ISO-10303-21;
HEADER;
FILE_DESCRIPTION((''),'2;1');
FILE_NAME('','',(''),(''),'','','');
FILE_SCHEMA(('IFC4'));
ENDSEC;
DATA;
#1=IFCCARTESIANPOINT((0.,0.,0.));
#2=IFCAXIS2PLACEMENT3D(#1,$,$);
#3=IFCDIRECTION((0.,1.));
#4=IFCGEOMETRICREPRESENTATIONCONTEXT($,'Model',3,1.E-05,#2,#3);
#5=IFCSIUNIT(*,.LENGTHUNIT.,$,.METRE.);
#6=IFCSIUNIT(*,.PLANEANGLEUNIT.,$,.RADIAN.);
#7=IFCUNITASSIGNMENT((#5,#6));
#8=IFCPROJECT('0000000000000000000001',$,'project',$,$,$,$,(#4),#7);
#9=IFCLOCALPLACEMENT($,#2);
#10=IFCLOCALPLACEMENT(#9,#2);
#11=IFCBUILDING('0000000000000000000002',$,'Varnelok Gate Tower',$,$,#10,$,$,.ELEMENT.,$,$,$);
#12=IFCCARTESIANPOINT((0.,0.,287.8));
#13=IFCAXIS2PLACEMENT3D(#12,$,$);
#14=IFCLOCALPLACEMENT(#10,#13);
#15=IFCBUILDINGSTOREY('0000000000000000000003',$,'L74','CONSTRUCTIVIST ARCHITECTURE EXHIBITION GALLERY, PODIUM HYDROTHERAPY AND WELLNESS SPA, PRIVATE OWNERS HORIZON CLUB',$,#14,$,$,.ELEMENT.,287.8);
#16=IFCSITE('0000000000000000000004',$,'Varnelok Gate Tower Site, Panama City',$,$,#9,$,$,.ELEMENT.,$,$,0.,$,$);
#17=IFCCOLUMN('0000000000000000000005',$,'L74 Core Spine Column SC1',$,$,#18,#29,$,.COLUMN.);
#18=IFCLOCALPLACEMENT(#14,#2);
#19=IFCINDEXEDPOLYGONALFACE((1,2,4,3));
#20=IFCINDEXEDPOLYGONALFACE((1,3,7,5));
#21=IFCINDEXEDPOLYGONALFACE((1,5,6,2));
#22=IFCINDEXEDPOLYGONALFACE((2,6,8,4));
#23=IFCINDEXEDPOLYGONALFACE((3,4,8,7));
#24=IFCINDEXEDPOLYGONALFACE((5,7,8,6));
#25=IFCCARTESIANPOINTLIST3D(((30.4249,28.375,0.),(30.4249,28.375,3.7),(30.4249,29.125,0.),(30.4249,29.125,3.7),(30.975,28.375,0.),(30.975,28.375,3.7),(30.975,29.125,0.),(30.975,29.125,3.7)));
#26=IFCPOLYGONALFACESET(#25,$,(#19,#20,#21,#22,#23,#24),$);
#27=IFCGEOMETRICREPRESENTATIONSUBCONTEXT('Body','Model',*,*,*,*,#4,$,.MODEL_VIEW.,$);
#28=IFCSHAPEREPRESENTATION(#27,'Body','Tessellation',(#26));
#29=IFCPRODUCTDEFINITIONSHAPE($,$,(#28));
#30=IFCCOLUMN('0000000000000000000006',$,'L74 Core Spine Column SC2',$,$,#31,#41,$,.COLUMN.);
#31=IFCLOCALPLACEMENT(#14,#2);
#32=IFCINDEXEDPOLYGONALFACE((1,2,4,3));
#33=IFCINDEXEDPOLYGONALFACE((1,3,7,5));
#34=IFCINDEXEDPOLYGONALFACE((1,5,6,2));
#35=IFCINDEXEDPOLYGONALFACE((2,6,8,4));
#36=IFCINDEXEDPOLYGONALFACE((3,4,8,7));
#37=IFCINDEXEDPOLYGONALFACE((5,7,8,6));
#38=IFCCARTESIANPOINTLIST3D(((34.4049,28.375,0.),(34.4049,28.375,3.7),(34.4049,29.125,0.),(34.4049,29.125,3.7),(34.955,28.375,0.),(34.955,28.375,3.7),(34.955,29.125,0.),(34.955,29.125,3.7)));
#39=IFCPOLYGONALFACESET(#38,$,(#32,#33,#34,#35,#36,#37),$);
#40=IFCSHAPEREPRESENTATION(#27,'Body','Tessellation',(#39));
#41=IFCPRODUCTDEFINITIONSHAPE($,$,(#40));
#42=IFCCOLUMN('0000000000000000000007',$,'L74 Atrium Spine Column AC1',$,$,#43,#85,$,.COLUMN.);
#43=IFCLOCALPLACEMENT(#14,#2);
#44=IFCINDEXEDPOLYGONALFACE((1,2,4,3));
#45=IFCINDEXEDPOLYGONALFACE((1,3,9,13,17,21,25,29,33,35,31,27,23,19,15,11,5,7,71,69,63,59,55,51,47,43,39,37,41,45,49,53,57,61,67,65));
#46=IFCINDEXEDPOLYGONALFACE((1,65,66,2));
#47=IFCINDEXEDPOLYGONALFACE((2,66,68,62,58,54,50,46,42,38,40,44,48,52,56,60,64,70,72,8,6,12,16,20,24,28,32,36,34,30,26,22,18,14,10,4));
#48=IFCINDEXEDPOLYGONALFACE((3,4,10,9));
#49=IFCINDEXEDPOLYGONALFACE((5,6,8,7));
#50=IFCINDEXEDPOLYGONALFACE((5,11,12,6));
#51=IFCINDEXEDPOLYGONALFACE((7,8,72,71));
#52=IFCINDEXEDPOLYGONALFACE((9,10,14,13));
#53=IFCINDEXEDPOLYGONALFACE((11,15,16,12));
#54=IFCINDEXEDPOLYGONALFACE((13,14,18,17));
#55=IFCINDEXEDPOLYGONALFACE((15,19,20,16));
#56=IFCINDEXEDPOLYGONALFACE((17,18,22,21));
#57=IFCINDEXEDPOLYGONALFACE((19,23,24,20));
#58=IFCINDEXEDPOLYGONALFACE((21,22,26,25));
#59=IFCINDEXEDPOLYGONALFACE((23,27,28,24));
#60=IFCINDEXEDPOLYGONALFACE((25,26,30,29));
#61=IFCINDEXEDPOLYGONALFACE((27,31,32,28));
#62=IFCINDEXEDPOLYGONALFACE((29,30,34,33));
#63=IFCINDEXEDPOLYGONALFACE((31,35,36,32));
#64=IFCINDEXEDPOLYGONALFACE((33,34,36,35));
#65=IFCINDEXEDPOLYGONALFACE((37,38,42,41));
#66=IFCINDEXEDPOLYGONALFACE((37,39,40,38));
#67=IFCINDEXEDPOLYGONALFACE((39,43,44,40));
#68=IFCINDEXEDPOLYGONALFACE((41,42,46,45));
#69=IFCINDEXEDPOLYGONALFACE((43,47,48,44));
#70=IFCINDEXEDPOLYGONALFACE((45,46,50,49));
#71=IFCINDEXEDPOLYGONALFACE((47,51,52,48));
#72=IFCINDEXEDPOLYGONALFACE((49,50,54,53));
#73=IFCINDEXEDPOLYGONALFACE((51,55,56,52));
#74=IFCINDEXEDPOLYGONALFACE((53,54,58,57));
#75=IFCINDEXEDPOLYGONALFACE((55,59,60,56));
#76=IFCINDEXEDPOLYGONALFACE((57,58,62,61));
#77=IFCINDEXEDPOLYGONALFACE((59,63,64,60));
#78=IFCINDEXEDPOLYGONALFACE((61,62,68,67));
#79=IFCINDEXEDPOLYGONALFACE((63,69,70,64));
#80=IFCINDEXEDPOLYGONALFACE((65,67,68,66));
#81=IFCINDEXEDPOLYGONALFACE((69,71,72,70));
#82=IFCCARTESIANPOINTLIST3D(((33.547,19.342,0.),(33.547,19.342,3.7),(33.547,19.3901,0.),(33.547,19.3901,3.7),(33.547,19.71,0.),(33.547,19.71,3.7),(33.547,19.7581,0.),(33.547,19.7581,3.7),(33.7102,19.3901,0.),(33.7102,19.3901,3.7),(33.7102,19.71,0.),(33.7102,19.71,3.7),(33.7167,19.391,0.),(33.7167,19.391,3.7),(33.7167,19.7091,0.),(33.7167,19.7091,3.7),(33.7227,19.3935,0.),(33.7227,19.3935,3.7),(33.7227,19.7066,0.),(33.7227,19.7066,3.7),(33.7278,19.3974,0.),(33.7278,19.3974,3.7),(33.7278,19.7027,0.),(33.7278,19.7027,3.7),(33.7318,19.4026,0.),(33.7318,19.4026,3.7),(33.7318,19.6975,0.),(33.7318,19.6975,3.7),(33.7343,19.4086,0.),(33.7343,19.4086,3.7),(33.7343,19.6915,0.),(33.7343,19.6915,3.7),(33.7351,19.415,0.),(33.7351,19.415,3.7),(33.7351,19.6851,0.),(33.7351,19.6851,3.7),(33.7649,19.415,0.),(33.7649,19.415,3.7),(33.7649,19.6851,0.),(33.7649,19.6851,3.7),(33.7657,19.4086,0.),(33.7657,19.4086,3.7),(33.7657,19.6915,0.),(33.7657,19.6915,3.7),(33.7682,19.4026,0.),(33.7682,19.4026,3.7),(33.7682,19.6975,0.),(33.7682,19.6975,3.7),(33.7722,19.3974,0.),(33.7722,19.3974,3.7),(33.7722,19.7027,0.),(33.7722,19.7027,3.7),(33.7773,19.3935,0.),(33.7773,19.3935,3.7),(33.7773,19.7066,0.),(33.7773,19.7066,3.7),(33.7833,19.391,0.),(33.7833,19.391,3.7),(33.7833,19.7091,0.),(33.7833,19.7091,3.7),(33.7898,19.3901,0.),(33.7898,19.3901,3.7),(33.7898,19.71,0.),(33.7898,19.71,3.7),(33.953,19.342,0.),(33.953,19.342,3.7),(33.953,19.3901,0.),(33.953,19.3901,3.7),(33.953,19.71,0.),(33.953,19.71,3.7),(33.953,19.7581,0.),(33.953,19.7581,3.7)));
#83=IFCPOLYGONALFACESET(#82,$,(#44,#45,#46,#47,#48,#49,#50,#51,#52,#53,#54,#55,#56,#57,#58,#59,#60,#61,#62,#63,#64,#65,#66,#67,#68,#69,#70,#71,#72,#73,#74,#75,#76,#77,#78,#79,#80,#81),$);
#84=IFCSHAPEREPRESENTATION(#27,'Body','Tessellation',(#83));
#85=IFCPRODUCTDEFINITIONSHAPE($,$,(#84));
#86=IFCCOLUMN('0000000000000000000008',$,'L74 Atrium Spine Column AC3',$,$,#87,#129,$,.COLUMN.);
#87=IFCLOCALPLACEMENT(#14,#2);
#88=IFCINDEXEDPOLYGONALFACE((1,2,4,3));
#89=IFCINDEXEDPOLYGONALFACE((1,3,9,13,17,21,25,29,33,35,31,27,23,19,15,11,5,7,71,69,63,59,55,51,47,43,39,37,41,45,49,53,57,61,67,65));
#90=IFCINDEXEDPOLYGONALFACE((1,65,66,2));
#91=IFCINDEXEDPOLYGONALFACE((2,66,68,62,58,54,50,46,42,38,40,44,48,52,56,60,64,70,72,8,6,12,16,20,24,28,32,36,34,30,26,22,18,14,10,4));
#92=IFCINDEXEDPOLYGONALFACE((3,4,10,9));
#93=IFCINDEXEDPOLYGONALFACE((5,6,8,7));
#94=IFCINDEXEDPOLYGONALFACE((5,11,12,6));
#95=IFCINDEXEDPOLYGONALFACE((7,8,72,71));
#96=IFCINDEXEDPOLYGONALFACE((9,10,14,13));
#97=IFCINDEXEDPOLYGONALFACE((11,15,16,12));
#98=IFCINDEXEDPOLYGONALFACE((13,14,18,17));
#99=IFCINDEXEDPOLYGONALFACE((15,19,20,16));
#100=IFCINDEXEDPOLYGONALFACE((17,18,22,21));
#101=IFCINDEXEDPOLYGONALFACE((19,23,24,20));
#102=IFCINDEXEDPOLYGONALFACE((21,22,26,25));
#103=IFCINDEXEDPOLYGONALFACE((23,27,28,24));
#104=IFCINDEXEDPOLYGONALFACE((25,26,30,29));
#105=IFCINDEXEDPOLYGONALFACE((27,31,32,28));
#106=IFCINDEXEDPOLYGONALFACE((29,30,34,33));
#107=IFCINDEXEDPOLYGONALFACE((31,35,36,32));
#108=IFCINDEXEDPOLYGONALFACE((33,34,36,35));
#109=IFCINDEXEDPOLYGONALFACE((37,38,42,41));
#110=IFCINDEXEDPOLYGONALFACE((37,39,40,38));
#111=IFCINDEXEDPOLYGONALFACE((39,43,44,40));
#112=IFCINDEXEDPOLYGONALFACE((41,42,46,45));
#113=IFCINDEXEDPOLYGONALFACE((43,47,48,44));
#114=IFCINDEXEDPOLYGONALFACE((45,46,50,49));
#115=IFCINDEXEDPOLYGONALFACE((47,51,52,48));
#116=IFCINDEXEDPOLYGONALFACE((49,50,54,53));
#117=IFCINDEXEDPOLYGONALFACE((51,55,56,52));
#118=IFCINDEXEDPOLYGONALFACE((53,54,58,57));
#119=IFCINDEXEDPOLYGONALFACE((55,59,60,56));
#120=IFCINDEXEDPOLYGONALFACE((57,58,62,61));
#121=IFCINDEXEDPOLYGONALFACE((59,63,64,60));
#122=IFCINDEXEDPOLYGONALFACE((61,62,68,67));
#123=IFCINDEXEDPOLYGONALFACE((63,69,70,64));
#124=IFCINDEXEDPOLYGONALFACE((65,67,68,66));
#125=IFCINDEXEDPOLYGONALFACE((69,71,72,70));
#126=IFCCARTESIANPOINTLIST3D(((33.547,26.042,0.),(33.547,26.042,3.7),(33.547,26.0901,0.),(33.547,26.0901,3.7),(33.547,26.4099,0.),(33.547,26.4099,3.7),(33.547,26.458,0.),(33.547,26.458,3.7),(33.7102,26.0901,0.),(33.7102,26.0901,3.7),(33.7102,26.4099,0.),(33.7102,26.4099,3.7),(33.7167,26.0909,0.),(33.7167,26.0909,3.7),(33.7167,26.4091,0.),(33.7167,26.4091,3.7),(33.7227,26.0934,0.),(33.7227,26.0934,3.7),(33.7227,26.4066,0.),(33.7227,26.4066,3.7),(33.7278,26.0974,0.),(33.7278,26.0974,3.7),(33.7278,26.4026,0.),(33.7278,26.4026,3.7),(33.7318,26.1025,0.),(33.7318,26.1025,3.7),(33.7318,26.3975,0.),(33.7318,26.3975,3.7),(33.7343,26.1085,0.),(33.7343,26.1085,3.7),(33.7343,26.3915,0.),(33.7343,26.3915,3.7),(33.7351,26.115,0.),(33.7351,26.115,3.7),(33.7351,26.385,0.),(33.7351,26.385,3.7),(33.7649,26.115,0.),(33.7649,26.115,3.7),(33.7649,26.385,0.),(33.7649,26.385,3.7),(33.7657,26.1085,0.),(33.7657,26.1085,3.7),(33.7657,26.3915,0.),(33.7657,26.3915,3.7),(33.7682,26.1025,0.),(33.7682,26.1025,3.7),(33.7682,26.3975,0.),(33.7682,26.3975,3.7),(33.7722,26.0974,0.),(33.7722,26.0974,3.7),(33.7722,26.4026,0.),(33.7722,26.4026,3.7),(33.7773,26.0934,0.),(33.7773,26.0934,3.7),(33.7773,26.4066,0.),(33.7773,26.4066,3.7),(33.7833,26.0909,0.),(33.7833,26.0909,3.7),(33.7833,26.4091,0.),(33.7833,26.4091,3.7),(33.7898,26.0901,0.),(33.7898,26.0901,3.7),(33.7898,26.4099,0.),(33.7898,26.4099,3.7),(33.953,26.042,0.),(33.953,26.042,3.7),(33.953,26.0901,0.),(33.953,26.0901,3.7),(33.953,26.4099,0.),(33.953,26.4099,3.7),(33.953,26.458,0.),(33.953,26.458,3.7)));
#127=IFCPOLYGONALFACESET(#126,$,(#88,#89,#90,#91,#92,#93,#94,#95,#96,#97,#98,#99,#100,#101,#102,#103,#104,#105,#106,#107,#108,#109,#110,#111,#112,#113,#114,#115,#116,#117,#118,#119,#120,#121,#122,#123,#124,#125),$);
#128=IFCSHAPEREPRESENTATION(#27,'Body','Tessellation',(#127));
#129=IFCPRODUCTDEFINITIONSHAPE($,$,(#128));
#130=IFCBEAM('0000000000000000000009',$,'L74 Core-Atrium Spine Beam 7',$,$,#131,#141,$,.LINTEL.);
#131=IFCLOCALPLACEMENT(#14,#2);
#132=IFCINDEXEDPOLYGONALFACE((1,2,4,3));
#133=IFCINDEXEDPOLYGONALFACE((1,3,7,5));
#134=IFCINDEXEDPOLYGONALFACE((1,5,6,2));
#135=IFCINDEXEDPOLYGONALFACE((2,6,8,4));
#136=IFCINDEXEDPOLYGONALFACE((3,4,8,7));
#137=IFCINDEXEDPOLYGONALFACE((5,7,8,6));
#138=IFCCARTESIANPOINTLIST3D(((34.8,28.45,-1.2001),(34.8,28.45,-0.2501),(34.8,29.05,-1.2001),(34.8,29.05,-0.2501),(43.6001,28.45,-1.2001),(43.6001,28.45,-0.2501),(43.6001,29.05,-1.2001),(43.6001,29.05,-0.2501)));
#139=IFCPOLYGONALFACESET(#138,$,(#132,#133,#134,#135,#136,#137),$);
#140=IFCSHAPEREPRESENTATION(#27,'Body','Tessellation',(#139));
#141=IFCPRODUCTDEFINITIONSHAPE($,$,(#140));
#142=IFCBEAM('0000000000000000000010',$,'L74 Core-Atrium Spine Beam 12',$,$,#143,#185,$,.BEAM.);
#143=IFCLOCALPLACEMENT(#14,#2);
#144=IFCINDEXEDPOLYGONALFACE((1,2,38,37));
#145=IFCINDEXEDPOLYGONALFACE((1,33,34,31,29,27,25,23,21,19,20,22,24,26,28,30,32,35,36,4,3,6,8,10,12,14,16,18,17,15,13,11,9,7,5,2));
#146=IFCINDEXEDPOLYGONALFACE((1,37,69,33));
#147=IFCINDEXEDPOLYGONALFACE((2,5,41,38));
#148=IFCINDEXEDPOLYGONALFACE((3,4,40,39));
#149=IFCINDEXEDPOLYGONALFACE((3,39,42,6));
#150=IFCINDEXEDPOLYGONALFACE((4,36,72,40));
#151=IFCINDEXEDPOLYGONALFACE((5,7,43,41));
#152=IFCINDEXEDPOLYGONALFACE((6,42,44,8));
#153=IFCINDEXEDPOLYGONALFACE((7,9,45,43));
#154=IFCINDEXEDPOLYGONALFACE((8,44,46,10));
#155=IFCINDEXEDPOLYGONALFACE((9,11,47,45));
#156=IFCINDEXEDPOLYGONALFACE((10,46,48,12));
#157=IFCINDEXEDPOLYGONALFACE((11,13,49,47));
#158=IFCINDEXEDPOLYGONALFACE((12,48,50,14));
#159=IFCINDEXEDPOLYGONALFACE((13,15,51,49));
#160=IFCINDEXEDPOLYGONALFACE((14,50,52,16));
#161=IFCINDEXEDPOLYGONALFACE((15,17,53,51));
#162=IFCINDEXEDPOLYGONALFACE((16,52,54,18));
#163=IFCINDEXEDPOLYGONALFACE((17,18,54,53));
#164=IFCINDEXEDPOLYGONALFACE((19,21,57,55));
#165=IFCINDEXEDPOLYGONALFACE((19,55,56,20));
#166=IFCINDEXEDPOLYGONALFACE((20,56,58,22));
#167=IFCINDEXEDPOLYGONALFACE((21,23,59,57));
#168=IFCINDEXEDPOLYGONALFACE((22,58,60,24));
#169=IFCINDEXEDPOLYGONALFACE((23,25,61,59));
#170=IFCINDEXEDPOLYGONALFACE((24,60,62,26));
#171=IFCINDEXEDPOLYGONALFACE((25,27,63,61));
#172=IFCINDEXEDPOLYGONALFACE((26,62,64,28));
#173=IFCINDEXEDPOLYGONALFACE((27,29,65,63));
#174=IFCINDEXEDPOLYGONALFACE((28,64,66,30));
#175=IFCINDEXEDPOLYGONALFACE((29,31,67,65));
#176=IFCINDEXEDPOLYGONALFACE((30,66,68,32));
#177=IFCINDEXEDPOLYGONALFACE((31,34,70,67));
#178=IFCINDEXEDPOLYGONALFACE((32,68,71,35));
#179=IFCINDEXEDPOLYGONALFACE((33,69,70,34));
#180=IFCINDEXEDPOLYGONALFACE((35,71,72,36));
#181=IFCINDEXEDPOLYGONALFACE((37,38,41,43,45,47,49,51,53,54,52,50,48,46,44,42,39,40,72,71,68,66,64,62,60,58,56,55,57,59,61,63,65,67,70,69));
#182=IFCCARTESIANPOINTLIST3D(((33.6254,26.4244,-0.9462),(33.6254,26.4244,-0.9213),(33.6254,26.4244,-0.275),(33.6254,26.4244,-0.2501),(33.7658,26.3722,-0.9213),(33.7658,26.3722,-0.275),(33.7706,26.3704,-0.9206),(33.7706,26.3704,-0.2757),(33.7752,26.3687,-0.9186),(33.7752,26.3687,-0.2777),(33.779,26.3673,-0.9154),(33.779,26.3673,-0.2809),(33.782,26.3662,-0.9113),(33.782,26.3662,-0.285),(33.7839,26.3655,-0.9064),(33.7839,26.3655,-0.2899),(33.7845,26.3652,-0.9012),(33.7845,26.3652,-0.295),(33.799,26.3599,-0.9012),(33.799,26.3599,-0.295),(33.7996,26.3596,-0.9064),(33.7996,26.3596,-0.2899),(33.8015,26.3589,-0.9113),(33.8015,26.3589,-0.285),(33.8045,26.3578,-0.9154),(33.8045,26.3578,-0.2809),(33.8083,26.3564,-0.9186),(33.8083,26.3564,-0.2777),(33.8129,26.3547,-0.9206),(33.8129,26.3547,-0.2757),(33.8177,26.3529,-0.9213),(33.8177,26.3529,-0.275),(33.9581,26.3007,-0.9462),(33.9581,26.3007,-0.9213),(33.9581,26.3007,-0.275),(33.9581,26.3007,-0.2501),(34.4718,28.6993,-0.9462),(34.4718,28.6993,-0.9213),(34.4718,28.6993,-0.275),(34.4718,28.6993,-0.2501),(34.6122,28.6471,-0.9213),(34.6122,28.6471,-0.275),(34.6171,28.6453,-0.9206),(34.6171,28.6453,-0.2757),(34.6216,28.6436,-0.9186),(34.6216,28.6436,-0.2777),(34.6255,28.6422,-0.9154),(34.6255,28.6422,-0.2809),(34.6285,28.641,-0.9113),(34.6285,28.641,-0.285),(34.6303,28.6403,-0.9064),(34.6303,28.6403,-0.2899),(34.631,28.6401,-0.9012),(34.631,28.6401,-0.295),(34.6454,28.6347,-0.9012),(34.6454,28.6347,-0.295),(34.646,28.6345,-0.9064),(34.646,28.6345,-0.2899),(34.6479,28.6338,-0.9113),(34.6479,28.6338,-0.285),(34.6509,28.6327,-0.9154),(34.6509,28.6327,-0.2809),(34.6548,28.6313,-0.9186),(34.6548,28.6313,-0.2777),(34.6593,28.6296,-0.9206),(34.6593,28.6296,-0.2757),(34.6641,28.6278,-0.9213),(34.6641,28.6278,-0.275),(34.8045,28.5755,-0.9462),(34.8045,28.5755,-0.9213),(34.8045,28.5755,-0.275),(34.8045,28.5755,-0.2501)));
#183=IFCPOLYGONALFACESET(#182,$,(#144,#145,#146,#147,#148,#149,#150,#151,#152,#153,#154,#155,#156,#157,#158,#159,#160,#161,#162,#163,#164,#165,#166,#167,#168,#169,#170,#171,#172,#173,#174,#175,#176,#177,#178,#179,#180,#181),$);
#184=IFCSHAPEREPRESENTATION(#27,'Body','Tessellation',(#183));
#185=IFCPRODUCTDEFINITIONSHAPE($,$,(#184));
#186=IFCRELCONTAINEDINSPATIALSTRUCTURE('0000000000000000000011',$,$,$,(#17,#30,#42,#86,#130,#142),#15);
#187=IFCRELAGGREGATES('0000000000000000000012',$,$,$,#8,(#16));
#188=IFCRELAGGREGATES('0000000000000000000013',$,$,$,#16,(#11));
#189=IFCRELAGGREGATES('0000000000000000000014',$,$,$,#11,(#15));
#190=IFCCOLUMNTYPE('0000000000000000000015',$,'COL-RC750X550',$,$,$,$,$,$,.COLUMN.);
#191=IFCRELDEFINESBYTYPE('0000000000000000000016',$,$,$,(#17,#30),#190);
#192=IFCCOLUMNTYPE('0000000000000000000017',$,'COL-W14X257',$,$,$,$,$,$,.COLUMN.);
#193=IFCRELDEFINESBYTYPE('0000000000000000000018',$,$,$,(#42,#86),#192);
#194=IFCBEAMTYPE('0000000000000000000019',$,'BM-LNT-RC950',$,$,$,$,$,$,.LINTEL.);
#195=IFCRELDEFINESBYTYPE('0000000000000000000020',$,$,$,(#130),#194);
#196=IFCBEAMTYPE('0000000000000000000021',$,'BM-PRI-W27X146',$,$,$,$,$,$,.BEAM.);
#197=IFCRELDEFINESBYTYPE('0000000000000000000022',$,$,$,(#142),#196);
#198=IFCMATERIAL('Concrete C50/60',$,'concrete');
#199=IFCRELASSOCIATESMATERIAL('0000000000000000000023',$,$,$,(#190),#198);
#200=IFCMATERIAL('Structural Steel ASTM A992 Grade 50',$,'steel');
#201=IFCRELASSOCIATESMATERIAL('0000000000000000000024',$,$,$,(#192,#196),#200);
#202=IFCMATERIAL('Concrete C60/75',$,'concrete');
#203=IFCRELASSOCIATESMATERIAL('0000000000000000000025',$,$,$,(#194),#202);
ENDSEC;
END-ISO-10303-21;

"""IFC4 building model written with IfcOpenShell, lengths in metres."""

from ifc_helpers import new_model, si_unit, direction, frame, origin, origin_2d, place, context, subcontext, project, spatial, rectangle, i_section, extrude, material, material_profile, profile_set, type_object, element, save


model = new_model("IFC4")

# Units and contexts
model_context = context("Model", 3, precision=1e-05, world=origin(), true_north=direction((0.0, 1.0)))
body_context = subcontext(model_context, "Body", "Model", "MODEL_VIEW")
ifc_project = project(units=[si_unit("LENGTHUNIT", "METRE"), si_unit("PLANEANGLEUNIT", "RADIAN")], contexts=[model_context])

# Site, building, storey
site_placement = place(None, origin())
site = spatial("IfcSite", under=ifc_project, at=site_placement, Name="Varnelok Gate Tower Site, Panama City", CompositionType="ELEMENT", RefElevation=0.0)
building_placement = place(site_placement, origin())
building = spatial("IfcBuilding", under=site, at=building_placement, Name="Varnelok Gate Tower", CompositionType="ELEMENT")
storey_placement = place(building_placement, frame((0.0, 0.0, 287.8)))
storey = spatial("IfcBuildingStorey", under=building, at=storey_placement, Name="L74", Description="CONSTRUCTIVIST ARCHITECTURE EXHIBITION GALLERY, PODIUM HYDROTHERAPY AND WELLNESS SPA, PRIVATE OWNERS HORIZON CLUB", CompositionType="ELEMENT", Elevation=287.8)

# Columns
ifc_material_1 = material(Name="Concrete C50/60", Category="concrete")
ifc_material_profile_1 = material_profile(ifc_material_1, rectangle(XDim=0.55, YDim=0.75, at=origin_2d()), Name="RC750X550")
ifc_profile_set_1 = profile_set([ifc_material_profile_1], Name="Concrete C50/60")
column_type_1 = type_object("IfcColumnType", Name="COL-RC750X550", PredefinedType="COLUMN", material=ifc_profile_set_1)
for number, where, z_axis, x_axis, name in (
    (1, (30.7, 28.75, 0.0), (0.0, 0.0, 1.0), (1.0, 0.0, 0.0), "L74 Core Spine Column SC1"),
    (2, (34.6799, 28.75, 0.0), (0.0, 0.0, 1.0), (1.0, 0.0, 0.0), "L74 Core Spine Column SC2"),
):
    element("IfcColumn", number, at=place(storey_placement, frame(where, z_axis=z_axis, x_axis=x_axis)), inside=storey, type_object=column_type_1, Name=name, PredefinedType="COLUMN", context=body_context, shape_type="SweptSolid", body=[
        extrude(rectangle(XDim=0.55, YDim=0.75, at=origin_2d()), origin(), (0.0, 0.0, 1.0), 3.7),
    ])
ifc_material_2 = material(Name="Structural Steel ASTM A992 Grade 50", Category="steel")
ifc_material_profile_2 = material_profile(ifc_material_2, i_section(OverallWidth=0.406, OverallDepth=0.416, WebThickness=0.0298, FlangeThickness=0.0481, FilletRadius=0.0249, at=origin_2d()), Name="W14X257")
ifc_profile_set_2 = profile_set([ifc_material_profile_2], Name="Structural Steel ASTM A992 Grade 50")
column_type_2 = type_object("IfcColumnType", Name="COL-W14X257", PredefinedType="COLUMN", material=ifc_profile_set_2)
for number, where, z_axis, x_axis, name in (
    (3, (33.75, 19.55, 0.0), (0.0, 0.0, 1.0), (1.0, 0.0, 0.0), "L74 Atrium Spine Column AC1"),
    (4, (33.75, 26.25, 0.0), (0.0, 0.0, 1.0), (1.0, 0.0, 0.0), "L74 Atrium Spine Column AC3"),
):
    element("IfcColumn", number, at=place(storey_placement, frame(where, z_axis=z_axis, x_axis=x_axis)), inside=storey, type_object=column_type_2, Name=name, PredefinedType="COLUMN", context=body_context, shape_type="SweptSolid", body=[
        extrude(i_section(OverallWidth=0.406, OverallDepth=0.416, WebThickness=0.0298, FlangeThickness=0.0481, FilletRadius=0.0249, at=origin_2d()), origin(), (0.0, 0.0, 1.0), 3.7),
    ])

# Beams
ifc_material_3 = material(Name="Concrete C60/75", Category="concrete")
ifc_material_profile_3 = material_profile(ifc_material_3, rectangle(XDim=0.6001, YDim=0.95, at=origin_2d()), Name="RC950X600")
ifc_profile_set_3 = profile_set([ifc_material_profile_3], Name="Concrete C60/75")
beam_type_1 = type_object("IfcBeamType", Name="BM-LNT-RC950", PredefinedType="LINTEL", material=ifc_profile_set_3)
beam_1_placement = place(storey_placement, frame((34.8, 28.75, -0.7251), z_axis=(1.0, 0.0, 0.0), x_axis=(0.0, 1.0, 0.0)))
element("IfcBeam", 5, at=beam_1_placement, inside=storey, type_object=beam_type_1, Name="L74 Core-Atrium Spine Beam 7", PredefinedType="LINTEL", context=body_context, shape_type="SweptSolid", body=[
    extrude(rectangle(XDim=0.6001, YDim=0.95, at=origin_2d()), origin(), (0.0, 0.0, 1.0), 8.8),
])
ifc_material_profile_4 = material_profile(ifc_material_2, i_section(OverallWidth=0.355, OverallDepth=0.696, WebThickness=0.0154, FlangeThickness=0.0249, FilletRadius=0.02, at=origin_2d()), Name="W27X146")
ifc_profile_set_4 = profile_set([ifc_material_profile_4], Name="Structural Steel ASTM A992 Grade 50")
beam_type_2 = type_object("IfcBeamType", Name="BM-PRI-W27X146", PredefinedType="BEAM", material=ifc_profile_set_4)
beam_2_placement = place(storey_placement, frame((33.7917, 26.3625, -0.5981), z_axis=(0.348719, 0.937227, 0.0), x_axis=(-0.937227, 0.348719, 0.0)))
element("IfcBeam", 6, at=beam_2_placement, inside=storey, type_object=beam_type_2, Name="L74 Core-Atrium Spine Beam 12", PredefinedType="BEAM", context=body_context, shape_type="SweptSolid", body=[
    extrude(i_section(OverallWidth=0.355, OverallDepth=0.696, WebThickness=0.0154, FlangeThickness=0.0249, FilletRadius=0.02, at=origin_2d()), origin(), (0.0, 0.0, 1.0), 2.4272),
])

save(model, "model.ifc")
